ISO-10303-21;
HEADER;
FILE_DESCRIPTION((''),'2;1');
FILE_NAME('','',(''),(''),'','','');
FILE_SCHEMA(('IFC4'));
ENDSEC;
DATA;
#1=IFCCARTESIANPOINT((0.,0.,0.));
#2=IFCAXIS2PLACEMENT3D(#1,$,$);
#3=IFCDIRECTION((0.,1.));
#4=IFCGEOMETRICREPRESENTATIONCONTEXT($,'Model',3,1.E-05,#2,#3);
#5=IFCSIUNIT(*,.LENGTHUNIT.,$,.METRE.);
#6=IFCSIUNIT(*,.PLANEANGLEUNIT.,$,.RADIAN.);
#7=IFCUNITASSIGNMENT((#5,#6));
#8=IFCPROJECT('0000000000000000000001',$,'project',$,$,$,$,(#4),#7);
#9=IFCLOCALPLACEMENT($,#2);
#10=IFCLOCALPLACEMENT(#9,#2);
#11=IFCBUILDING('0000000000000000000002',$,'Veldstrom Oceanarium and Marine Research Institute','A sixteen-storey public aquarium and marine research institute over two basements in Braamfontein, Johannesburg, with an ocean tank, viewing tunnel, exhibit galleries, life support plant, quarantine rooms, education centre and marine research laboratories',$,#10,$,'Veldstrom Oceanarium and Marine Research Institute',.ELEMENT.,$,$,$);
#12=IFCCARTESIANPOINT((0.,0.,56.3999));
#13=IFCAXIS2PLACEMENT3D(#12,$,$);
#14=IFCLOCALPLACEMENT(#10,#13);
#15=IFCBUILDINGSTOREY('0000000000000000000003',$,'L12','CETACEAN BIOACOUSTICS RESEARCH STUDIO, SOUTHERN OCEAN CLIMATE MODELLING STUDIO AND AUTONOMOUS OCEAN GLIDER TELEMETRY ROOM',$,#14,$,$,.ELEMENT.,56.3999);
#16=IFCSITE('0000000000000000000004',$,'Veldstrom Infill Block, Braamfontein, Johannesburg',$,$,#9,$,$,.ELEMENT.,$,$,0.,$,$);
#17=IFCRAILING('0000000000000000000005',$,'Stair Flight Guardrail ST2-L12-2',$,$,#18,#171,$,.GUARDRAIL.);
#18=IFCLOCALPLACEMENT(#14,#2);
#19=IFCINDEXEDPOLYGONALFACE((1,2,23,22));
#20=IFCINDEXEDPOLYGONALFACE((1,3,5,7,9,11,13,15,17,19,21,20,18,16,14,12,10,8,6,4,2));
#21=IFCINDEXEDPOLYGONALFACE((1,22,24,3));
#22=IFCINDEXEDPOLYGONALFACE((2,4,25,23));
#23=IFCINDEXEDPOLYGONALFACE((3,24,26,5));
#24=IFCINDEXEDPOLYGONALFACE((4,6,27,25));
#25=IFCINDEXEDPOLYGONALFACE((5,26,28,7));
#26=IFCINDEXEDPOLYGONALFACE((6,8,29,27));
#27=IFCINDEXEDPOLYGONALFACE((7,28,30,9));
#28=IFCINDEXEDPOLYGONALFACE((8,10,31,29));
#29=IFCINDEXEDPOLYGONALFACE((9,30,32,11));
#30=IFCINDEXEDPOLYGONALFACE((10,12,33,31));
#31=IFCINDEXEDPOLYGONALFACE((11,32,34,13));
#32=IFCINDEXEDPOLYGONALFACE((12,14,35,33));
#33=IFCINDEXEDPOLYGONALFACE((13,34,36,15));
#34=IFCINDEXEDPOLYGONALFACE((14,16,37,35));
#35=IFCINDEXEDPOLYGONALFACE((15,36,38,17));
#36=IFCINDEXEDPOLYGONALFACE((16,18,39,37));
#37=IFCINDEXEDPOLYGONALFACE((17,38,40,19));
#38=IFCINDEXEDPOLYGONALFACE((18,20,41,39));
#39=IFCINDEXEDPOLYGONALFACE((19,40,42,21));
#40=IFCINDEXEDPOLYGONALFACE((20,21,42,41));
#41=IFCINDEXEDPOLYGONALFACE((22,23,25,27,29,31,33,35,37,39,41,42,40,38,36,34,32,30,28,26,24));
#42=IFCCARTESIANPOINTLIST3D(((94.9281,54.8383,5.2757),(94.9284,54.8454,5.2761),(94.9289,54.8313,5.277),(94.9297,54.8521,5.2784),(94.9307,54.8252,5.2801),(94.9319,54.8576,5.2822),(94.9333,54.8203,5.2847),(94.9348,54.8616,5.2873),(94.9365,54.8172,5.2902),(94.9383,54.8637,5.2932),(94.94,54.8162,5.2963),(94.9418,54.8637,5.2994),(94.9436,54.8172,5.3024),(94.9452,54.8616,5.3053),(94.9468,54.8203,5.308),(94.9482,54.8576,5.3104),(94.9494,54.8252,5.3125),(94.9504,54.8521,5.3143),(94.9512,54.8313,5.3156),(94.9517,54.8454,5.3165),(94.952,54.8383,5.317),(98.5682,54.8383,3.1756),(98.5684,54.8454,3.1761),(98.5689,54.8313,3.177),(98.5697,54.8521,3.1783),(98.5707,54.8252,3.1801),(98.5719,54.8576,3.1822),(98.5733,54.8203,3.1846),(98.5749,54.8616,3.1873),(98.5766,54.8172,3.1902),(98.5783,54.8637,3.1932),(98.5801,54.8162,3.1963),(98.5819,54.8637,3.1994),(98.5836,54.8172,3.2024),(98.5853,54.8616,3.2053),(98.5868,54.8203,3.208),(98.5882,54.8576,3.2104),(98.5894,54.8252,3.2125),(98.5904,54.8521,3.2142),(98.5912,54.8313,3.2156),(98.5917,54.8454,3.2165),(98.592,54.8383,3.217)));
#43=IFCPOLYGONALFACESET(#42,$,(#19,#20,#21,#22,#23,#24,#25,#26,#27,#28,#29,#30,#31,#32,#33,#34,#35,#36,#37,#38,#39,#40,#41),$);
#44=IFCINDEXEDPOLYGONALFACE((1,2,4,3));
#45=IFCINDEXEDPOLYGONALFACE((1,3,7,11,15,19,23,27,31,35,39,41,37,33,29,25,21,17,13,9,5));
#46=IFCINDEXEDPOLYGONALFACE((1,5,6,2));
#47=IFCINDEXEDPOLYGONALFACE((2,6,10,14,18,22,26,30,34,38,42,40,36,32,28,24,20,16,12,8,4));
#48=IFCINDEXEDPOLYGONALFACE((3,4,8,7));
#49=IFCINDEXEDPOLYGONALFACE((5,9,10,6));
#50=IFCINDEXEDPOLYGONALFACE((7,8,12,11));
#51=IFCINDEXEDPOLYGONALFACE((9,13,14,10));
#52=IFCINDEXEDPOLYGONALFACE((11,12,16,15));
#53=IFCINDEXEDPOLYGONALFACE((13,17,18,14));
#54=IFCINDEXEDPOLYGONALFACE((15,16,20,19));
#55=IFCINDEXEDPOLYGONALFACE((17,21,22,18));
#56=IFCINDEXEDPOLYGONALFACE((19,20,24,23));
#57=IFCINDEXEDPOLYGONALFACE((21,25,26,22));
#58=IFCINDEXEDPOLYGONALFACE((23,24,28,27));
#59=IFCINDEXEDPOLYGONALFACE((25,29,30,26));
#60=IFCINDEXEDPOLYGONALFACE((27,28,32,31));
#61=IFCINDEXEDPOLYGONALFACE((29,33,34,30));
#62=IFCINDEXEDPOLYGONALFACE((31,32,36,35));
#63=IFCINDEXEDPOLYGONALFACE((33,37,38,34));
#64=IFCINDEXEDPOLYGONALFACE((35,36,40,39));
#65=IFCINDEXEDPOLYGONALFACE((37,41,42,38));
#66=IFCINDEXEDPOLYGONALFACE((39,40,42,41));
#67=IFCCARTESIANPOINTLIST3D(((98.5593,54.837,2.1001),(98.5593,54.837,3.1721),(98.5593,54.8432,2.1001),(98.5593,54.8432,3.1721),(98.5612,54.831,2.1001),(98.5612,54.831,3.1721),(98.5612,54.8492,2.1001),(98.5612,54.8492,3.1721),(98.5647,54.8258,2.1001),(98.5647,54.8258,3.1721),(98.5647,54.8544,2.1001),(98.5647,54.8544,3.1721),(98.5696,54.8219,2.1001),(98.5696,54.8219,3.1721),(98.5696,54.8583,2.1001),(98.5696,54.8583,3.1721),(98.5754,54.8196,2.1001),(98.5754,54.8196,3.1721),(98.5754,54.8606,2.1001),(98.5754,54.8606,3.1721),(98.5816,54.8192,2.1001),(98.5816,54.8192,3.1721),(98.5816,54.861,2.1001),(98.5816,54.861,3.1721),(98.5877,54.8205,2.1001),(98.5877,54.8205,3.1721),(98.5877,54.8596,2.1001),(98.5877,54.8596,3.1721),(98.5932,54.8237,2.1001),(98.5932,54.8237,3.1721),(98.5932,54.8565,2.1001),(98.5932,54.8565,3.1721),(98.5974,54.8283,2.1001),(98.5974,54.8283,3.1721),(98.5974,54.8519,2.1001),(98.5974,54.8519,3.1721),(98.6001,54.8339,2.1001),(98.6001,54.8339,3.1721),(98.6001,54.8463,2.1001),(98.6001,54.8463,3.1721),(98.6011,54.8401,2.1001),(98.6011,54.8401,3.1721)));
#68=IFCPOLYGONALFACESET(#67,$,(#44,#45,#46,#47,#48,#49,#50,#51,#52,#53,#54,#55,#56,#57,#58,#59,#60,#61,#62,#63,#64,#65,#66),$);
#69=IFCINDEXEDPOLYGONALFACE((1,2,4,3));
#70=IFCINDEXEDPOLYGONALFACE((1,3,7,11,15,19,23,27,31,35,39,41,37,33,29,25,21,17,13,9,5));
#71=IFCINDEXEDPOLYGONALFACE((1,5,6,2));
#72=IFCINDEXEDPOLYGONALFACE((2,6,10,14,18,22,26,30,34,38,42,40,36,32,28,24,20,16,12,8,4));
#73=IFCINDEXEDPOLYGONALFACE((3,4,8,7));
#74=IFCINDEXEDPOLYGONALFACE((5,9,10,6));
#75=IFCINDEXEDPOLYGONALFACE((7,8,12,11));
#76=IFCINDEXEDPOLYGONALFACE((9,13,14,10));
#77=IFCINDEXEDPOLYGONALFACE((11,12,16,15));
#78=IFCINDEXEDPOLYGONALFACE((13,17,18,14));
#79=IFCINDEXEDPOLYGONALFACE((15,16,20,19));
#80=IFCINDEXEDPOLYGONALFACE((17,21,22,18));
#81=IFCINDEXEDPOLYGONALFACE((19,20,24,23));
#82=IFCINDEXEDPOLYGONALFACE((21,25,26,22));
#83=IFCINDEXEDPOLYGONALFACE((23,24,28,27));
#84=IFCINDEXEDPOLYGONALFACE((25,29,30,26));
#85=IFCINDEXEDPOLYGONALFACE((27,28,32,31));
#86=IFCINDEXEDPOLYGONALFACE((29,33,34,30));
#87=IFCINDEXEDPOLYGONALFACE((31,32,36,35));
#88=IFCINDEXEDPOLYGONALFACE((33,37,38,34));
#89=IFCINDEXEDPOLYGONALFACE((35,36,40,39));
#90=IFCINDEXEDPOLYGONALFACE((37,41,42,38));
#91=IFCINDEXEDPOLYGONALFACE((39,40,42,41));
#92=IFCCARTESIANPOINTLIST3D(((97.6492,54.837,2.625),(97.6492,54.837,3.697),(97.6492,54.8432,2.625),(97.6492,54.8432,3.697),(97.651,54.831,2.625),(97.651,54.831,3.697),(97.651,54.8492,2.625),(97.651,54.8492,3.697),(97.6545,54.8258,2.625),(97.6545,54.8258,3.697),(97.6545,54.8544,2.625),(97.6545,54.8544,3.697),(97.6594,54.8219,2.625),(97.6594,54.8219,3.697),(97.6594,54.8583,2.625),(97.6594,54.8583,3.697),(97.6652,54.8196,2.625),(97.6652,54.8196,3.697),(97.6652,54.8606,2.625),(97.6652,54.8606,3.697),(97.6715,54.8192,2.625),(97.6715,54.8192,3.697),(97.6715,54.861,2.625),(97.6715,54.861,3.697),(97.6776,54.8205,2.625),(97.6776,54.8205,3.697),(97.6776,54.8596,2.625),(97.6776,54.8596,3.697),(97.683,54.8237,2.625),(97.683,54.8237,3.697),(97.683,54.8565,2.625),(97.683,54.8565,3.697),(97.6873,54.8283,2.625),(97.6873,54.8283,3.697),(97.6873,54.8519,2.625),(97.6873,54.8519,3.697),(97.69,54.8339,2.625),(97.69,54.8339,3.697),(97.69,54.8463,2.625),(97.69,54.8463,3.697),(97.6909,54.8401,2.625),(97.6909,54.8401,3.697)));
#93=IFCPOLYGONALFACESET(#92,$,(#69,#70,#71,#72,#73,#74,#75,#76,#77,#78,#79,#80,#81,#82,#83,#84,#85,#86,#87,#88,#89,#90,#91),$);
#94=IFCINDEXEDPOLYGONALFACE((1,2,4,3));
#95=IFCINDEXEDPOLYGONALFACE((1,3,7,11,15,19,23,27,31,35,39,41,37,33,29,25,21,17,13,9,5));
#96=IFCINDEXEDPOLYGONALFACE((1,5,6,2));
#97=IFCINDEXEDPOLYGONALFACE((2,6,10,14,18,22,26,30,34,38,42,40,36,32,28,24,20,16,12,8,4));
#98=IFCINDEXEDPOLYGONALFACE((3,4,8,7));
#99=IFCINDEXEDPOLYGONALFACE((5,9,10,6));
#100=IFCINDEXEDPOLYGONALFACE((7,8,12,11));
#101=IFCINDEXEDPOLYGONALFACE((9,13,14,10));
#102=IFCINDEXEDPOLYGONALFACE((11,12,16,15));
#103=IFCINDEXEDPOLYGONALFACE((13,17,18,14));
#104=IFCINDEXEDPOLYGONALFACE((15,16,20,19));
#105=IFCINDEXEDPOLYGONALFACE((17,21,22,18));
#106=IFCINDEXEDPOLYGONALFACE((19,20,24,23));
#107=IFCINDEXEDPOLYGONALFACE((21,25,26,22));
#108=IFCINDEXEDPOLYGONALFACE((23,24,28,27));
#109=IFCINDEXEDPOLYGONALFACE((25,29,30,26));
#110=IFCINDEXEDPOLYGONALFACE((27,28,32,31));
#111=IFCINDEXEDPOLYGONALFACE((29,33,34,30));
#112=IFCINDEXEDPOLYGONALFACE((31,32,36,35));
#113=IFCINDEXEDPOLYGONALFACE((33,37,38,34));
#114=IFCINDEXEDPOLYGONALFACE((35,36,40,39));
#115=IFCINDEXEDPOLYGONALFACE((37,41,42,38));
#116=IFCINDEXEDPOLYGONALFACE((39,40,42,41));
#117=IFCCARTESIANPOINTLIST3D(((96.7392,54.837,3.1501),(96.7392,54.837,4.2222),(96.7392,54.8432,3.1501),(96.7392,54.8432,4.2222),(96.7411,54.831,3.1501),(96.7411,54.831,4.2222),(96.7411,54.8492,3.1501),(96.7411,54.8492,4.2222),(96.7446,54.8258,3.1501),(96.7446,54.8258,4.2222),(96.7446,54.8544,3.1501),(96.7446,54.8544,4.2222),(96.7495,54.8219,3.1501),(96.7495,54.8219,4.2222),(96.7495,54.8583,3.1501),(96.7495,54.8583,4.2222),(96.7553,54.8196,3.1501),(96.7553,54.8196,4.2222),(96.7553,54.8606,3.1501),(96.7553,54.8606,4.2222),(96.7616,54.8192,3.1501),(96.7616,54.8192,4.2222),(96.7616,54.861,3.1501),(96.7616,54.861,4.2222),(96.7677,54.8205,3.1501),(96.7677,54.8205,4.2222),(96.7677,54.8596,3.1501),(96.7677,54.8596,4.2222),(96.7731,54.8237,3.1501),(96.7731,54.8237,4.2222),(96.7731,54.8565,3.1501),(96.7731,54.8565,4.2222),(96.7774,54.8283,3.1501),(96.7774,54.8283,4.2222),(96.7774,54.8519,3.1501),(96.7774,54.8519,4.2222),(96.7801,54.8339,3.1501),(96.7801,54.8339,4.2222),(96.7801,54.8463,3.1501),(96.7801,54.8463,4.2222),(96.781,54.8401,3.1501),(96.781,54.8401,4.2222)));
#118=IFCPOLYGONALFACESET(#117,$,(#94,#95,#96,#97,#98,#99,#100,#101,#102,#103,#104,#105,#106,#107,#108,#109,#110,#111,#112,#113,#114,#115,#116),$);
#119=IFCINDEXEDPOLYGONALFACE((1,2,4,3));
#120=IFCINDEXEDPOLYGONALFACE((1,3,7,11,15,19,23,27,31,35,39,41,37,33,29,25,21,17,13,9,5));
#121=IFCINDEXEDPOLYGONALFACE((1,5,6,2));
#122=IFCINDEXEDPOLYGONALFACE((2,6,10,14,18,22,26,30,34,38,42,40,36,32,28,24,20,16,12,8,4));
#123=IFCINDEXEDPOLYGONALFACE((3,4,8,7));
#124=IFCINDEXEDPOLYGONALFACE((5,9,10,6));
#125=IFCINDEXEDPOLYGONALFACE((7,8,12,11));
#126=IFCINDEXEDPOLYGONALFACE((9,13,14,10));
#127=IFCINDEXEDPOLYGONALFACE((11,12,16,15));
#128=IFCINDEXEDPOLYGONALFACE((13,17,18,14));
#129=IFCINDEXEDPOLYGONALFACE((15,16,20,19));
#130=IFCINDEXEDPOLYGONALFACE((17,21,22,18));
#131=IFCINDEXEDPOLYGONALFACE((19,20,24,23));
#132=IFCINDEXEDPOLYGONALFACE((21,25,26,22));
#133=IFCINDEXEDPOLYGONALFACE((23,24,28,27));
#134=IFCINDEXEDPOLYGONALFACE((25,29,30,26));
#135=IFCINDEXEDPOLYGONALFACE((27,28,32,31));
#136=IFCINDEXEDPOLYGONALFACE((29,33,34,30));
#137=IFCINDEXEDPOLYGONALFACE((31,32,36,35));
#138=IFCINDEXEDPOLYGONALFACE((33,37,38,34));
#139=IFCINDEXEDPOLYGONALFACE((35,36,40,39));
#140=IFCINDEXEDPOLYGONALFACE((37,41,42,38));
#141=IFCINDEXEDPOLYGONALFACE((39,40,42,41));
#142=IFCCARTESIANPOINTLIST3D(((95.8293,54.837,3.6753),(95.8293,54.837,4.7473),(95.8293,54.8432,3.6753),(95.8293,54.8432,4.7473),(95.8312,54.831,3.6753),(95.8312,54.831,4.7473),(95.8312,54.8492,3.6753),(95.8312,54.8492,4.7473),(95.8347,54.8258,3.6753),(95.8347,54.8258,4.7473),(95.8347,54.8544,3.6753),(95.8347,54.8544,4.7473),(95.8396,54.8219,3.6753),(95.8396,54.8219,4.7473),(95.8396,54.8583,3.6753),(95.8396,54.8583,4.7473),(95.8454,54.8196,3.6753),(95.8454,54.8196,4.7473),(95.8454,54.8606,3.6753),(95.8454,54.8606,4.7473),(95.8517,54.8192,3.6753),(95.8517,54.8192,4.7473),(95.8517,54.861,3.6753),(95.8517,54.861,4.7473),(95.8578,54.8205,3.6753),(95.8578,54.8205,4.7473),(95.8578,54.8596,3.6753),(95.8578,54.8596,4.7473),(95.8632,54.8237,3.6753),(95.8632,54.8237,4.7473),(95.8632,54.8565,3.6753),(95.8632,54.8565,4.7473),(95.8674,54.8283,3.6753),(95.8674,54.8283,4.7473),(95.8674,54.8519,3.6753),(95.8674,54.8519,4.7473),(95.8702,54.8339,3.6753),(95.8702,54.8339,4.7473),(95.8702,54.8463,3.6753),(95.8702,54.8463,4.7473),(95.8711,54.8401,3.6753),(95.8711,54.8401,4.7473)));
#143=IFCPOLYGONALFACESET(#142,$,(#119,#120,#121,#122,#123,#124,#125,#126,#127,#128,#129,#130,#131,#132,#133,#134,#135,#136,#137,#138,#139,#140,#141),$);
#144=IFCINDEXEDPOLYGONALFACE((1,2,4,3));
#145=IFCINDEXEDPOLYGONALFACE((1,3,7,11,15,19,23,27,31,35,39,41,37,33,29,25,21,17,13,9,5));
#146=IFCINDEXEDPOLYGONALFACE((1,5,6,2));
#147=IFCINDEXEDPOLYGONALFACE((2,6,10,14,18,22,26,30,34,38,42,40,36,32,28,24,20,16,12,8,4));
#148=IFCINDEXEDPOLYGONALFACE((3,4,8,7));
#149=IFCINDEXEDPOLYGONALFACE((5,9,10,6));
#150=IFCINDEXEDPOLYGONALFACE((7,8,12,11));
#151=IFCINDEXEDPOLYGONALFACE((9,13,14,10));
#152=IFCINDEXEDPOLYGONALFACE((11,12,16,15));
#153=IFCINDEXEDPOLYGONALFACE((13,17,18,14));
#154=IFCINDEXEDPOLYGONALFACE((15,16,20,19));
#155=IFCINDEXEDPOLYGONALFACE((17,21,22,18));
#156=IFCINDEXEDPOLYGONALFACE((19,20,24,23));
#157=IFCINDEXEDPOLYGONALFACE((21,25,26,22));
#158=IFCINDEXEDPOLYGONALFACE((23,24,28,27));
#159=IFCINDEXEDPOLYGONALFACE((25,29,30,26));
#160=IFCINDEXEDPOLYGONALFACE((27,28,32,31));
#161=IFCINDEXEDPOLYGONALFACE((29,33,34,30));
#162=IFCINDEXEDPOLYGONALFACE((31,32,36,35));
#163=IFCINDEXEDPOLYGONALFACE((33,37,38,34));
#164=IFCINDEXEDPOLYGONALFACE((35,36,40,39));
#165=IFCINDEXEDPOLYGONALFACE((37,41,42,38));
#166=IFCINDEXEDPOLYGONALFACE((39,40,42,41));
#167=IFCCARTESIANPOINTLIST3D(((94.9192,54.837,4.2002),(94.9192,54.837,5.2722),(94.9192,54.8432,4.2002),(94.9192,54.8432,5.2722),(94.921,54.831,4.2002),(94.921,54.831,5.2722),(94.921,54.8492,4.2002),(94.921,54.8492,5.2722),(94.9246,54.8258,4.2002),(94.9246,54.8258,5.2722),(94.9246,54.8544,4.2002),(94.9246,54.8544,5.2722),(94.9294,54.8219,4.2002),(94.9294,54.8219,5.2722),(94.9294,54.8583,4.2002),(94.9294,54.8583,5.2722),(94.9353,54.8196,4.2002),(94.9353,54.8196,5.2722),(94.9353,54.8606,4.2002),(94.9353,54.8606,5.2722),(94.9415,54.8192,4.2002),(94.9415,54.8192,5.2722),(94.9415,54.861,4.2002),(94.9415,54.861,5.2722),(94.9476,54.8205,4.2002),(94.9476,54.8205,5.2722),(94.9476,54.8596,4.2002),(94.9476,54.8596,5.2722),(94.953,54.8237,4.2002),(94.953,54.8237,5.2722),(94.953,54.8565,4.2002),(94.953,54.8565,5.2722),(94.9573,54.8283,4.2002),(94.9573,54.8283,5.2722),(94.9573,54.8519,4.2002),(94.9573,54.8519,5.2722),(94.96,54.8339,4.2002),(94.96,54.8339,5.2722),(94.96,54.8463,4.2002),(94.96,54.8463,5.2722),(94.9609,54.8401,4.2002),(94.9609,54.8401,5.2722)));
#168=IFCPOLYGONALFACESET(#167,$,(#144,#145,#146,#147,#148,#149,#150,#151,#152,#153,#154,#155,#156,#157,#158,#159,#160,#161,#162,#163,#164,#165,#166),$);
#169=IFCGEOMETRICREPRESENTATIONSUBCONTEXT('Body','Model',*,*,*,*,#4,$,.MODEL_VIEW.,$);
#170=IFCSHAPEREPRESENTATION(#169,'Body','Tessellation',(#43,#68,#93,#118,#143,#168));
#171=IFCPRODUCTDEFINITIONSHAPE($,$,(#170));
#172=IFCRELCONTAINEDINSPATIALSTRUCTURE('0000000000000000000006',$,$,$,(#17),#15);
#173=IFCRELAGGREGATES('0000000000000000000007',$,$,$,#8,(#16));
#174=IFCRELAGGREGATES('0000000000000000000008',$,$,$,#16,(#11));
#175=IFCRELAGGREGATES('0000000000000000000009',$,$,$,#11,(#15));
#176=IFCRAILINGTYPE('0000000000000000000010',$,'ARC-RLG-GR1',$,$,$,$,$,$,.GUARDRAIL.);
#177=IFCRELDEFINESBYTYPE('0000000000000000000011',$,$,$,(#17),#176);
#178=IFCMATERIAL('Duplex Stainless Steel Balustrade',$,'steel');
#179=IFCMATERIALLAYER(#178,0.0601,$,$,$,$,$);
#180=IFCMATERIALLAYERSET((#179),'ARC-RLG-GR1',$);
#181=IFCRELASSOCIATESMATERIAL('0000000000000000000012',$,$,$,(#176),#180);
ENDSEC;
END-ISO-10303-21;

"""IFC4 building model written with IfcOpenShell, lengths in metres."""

from ifc_helpers import new_model, si_unit, direction, frame, origin, origin_2d, place, context, subcontext, project, spatial, circle, extrude, material, layer, layer_set, type_object, element, save


model = new_model("IFC4")

# Units and contexts
model_context = context("Model", 3, precision=1e-05, world=origin(), true_north=direction((0.0, 1.0)))
body_context = subcontext(model_context, "Body", "Model", "MODEL_VIEW")
ifc_project = project(units=[si_unit("LENGTHUNIT", "METRE"), si_unit("PLANEANGLEUNIT", "RADIAN")], contexts=[model_context])

# Site, building, storey
site_placement = place(None, origin())
site = spatial("IfcSite", under=ifc_project, at=site_placement, Name="Veldstrom Infill Block, Braamfontein, Johannesburg", CompositionType="ELEMENT", RefElevation=0.0)
building_placement = place(site_placement, origin())
building = spatial("IfcBuilding", under=site, at=building_placement, Name="Veldstrom Oceanarium and Marine Research Institute", Description="A sixteen-storey public aquarium and marine research institute over two basements in Braamfontein, Johannesburg, with an ocean tank, viewing tunnel, exhibit galleries, life support plant, quarantine rooms, education centre and marine research laboratories", LongName="Veldstrom Oceanarium and Marine Research Institute", CompositionType="ELEMENT")
storey_placement = place(building_placement, frame((0.0, 0.0, 56.3999)))
storey = spatial("IfcBuildingStorey", under=building, at=storey_placement, Name="L12", Description="CETACEAN BIOACOUSTICS RESEARCH STUDIO, SOUTHERN OCEAN CLIMATE MODELLING STUDIO AND AUTONOMOUS OCEAN GLIDER TELEMETRY ROOM", CompositionType="ELEMENT", Elevation=56.3999)

# Railing
ifc_material_1 = material(Name="Duplex Stainless Steel Balustrade", Category="steel")
ifc_layer_1 = layer(ifc_material_1, 0.0601)
ifc_layer_set_1 = layer_set([ifc_layer_1], Name="ARC-RLG-GR1")
railing_type_1 = type_object("IfcRailingType", Name="ARC-RLG-GR1", PredefinedType="GUARDRAIL", material=ifc_layer_set_1)
railing_1_placement = place(storey_placement, frame((98.5801, 54.8401, 2.1001)))
element("IfcRailing", 1, at=railing_1_placement, inside=storey, type_object=railing_type_1, Name="Stair Flight Guardrail ST2-L12-2", PredefinedType="GUARDRAIL", context=body_context, shape_type="SweptSolid", body=[
    extrude(circle(Radius=0.0239, at=origin_2d()), frame((0.0, 0.0, 1.0962), z_axis=(-0.866184, 0.0, 0.499726), x_axis=(0.0, -1.0, 0.0)), (0.0, 0.0, 1.0), 4.2024),
    extrude(circle(Radius=0.021, at=origin_2d()), origin(), (0.0, 0.0, 1.0), 1.072),
    extrude(circle(Radius=0.021, at=origin_2d()), frame((-0.9102, 0.0, 0.5249)), (0.0, 0.0, 1.0), 1.072),
    extrude(circle(Radius=0.021, at=origin_2d()), frame((-1.8201, 0.0, 1.05)), (0.0, 0.0, 1.0), 1.072),
    extrude(circle(Radius=0.021, at=origin_2d()), frame((-2.73, 0.0, 1.5752)), (0.0, 0.0, 1.0), 1.072),
    extrude(circle(Radius=0.021, at=origin_2d()), frame((-3.6401, 0.0, 2.1001)), (0.0, 0.0, 1.0), 1.072),
])

save(model, "model.ifc")
